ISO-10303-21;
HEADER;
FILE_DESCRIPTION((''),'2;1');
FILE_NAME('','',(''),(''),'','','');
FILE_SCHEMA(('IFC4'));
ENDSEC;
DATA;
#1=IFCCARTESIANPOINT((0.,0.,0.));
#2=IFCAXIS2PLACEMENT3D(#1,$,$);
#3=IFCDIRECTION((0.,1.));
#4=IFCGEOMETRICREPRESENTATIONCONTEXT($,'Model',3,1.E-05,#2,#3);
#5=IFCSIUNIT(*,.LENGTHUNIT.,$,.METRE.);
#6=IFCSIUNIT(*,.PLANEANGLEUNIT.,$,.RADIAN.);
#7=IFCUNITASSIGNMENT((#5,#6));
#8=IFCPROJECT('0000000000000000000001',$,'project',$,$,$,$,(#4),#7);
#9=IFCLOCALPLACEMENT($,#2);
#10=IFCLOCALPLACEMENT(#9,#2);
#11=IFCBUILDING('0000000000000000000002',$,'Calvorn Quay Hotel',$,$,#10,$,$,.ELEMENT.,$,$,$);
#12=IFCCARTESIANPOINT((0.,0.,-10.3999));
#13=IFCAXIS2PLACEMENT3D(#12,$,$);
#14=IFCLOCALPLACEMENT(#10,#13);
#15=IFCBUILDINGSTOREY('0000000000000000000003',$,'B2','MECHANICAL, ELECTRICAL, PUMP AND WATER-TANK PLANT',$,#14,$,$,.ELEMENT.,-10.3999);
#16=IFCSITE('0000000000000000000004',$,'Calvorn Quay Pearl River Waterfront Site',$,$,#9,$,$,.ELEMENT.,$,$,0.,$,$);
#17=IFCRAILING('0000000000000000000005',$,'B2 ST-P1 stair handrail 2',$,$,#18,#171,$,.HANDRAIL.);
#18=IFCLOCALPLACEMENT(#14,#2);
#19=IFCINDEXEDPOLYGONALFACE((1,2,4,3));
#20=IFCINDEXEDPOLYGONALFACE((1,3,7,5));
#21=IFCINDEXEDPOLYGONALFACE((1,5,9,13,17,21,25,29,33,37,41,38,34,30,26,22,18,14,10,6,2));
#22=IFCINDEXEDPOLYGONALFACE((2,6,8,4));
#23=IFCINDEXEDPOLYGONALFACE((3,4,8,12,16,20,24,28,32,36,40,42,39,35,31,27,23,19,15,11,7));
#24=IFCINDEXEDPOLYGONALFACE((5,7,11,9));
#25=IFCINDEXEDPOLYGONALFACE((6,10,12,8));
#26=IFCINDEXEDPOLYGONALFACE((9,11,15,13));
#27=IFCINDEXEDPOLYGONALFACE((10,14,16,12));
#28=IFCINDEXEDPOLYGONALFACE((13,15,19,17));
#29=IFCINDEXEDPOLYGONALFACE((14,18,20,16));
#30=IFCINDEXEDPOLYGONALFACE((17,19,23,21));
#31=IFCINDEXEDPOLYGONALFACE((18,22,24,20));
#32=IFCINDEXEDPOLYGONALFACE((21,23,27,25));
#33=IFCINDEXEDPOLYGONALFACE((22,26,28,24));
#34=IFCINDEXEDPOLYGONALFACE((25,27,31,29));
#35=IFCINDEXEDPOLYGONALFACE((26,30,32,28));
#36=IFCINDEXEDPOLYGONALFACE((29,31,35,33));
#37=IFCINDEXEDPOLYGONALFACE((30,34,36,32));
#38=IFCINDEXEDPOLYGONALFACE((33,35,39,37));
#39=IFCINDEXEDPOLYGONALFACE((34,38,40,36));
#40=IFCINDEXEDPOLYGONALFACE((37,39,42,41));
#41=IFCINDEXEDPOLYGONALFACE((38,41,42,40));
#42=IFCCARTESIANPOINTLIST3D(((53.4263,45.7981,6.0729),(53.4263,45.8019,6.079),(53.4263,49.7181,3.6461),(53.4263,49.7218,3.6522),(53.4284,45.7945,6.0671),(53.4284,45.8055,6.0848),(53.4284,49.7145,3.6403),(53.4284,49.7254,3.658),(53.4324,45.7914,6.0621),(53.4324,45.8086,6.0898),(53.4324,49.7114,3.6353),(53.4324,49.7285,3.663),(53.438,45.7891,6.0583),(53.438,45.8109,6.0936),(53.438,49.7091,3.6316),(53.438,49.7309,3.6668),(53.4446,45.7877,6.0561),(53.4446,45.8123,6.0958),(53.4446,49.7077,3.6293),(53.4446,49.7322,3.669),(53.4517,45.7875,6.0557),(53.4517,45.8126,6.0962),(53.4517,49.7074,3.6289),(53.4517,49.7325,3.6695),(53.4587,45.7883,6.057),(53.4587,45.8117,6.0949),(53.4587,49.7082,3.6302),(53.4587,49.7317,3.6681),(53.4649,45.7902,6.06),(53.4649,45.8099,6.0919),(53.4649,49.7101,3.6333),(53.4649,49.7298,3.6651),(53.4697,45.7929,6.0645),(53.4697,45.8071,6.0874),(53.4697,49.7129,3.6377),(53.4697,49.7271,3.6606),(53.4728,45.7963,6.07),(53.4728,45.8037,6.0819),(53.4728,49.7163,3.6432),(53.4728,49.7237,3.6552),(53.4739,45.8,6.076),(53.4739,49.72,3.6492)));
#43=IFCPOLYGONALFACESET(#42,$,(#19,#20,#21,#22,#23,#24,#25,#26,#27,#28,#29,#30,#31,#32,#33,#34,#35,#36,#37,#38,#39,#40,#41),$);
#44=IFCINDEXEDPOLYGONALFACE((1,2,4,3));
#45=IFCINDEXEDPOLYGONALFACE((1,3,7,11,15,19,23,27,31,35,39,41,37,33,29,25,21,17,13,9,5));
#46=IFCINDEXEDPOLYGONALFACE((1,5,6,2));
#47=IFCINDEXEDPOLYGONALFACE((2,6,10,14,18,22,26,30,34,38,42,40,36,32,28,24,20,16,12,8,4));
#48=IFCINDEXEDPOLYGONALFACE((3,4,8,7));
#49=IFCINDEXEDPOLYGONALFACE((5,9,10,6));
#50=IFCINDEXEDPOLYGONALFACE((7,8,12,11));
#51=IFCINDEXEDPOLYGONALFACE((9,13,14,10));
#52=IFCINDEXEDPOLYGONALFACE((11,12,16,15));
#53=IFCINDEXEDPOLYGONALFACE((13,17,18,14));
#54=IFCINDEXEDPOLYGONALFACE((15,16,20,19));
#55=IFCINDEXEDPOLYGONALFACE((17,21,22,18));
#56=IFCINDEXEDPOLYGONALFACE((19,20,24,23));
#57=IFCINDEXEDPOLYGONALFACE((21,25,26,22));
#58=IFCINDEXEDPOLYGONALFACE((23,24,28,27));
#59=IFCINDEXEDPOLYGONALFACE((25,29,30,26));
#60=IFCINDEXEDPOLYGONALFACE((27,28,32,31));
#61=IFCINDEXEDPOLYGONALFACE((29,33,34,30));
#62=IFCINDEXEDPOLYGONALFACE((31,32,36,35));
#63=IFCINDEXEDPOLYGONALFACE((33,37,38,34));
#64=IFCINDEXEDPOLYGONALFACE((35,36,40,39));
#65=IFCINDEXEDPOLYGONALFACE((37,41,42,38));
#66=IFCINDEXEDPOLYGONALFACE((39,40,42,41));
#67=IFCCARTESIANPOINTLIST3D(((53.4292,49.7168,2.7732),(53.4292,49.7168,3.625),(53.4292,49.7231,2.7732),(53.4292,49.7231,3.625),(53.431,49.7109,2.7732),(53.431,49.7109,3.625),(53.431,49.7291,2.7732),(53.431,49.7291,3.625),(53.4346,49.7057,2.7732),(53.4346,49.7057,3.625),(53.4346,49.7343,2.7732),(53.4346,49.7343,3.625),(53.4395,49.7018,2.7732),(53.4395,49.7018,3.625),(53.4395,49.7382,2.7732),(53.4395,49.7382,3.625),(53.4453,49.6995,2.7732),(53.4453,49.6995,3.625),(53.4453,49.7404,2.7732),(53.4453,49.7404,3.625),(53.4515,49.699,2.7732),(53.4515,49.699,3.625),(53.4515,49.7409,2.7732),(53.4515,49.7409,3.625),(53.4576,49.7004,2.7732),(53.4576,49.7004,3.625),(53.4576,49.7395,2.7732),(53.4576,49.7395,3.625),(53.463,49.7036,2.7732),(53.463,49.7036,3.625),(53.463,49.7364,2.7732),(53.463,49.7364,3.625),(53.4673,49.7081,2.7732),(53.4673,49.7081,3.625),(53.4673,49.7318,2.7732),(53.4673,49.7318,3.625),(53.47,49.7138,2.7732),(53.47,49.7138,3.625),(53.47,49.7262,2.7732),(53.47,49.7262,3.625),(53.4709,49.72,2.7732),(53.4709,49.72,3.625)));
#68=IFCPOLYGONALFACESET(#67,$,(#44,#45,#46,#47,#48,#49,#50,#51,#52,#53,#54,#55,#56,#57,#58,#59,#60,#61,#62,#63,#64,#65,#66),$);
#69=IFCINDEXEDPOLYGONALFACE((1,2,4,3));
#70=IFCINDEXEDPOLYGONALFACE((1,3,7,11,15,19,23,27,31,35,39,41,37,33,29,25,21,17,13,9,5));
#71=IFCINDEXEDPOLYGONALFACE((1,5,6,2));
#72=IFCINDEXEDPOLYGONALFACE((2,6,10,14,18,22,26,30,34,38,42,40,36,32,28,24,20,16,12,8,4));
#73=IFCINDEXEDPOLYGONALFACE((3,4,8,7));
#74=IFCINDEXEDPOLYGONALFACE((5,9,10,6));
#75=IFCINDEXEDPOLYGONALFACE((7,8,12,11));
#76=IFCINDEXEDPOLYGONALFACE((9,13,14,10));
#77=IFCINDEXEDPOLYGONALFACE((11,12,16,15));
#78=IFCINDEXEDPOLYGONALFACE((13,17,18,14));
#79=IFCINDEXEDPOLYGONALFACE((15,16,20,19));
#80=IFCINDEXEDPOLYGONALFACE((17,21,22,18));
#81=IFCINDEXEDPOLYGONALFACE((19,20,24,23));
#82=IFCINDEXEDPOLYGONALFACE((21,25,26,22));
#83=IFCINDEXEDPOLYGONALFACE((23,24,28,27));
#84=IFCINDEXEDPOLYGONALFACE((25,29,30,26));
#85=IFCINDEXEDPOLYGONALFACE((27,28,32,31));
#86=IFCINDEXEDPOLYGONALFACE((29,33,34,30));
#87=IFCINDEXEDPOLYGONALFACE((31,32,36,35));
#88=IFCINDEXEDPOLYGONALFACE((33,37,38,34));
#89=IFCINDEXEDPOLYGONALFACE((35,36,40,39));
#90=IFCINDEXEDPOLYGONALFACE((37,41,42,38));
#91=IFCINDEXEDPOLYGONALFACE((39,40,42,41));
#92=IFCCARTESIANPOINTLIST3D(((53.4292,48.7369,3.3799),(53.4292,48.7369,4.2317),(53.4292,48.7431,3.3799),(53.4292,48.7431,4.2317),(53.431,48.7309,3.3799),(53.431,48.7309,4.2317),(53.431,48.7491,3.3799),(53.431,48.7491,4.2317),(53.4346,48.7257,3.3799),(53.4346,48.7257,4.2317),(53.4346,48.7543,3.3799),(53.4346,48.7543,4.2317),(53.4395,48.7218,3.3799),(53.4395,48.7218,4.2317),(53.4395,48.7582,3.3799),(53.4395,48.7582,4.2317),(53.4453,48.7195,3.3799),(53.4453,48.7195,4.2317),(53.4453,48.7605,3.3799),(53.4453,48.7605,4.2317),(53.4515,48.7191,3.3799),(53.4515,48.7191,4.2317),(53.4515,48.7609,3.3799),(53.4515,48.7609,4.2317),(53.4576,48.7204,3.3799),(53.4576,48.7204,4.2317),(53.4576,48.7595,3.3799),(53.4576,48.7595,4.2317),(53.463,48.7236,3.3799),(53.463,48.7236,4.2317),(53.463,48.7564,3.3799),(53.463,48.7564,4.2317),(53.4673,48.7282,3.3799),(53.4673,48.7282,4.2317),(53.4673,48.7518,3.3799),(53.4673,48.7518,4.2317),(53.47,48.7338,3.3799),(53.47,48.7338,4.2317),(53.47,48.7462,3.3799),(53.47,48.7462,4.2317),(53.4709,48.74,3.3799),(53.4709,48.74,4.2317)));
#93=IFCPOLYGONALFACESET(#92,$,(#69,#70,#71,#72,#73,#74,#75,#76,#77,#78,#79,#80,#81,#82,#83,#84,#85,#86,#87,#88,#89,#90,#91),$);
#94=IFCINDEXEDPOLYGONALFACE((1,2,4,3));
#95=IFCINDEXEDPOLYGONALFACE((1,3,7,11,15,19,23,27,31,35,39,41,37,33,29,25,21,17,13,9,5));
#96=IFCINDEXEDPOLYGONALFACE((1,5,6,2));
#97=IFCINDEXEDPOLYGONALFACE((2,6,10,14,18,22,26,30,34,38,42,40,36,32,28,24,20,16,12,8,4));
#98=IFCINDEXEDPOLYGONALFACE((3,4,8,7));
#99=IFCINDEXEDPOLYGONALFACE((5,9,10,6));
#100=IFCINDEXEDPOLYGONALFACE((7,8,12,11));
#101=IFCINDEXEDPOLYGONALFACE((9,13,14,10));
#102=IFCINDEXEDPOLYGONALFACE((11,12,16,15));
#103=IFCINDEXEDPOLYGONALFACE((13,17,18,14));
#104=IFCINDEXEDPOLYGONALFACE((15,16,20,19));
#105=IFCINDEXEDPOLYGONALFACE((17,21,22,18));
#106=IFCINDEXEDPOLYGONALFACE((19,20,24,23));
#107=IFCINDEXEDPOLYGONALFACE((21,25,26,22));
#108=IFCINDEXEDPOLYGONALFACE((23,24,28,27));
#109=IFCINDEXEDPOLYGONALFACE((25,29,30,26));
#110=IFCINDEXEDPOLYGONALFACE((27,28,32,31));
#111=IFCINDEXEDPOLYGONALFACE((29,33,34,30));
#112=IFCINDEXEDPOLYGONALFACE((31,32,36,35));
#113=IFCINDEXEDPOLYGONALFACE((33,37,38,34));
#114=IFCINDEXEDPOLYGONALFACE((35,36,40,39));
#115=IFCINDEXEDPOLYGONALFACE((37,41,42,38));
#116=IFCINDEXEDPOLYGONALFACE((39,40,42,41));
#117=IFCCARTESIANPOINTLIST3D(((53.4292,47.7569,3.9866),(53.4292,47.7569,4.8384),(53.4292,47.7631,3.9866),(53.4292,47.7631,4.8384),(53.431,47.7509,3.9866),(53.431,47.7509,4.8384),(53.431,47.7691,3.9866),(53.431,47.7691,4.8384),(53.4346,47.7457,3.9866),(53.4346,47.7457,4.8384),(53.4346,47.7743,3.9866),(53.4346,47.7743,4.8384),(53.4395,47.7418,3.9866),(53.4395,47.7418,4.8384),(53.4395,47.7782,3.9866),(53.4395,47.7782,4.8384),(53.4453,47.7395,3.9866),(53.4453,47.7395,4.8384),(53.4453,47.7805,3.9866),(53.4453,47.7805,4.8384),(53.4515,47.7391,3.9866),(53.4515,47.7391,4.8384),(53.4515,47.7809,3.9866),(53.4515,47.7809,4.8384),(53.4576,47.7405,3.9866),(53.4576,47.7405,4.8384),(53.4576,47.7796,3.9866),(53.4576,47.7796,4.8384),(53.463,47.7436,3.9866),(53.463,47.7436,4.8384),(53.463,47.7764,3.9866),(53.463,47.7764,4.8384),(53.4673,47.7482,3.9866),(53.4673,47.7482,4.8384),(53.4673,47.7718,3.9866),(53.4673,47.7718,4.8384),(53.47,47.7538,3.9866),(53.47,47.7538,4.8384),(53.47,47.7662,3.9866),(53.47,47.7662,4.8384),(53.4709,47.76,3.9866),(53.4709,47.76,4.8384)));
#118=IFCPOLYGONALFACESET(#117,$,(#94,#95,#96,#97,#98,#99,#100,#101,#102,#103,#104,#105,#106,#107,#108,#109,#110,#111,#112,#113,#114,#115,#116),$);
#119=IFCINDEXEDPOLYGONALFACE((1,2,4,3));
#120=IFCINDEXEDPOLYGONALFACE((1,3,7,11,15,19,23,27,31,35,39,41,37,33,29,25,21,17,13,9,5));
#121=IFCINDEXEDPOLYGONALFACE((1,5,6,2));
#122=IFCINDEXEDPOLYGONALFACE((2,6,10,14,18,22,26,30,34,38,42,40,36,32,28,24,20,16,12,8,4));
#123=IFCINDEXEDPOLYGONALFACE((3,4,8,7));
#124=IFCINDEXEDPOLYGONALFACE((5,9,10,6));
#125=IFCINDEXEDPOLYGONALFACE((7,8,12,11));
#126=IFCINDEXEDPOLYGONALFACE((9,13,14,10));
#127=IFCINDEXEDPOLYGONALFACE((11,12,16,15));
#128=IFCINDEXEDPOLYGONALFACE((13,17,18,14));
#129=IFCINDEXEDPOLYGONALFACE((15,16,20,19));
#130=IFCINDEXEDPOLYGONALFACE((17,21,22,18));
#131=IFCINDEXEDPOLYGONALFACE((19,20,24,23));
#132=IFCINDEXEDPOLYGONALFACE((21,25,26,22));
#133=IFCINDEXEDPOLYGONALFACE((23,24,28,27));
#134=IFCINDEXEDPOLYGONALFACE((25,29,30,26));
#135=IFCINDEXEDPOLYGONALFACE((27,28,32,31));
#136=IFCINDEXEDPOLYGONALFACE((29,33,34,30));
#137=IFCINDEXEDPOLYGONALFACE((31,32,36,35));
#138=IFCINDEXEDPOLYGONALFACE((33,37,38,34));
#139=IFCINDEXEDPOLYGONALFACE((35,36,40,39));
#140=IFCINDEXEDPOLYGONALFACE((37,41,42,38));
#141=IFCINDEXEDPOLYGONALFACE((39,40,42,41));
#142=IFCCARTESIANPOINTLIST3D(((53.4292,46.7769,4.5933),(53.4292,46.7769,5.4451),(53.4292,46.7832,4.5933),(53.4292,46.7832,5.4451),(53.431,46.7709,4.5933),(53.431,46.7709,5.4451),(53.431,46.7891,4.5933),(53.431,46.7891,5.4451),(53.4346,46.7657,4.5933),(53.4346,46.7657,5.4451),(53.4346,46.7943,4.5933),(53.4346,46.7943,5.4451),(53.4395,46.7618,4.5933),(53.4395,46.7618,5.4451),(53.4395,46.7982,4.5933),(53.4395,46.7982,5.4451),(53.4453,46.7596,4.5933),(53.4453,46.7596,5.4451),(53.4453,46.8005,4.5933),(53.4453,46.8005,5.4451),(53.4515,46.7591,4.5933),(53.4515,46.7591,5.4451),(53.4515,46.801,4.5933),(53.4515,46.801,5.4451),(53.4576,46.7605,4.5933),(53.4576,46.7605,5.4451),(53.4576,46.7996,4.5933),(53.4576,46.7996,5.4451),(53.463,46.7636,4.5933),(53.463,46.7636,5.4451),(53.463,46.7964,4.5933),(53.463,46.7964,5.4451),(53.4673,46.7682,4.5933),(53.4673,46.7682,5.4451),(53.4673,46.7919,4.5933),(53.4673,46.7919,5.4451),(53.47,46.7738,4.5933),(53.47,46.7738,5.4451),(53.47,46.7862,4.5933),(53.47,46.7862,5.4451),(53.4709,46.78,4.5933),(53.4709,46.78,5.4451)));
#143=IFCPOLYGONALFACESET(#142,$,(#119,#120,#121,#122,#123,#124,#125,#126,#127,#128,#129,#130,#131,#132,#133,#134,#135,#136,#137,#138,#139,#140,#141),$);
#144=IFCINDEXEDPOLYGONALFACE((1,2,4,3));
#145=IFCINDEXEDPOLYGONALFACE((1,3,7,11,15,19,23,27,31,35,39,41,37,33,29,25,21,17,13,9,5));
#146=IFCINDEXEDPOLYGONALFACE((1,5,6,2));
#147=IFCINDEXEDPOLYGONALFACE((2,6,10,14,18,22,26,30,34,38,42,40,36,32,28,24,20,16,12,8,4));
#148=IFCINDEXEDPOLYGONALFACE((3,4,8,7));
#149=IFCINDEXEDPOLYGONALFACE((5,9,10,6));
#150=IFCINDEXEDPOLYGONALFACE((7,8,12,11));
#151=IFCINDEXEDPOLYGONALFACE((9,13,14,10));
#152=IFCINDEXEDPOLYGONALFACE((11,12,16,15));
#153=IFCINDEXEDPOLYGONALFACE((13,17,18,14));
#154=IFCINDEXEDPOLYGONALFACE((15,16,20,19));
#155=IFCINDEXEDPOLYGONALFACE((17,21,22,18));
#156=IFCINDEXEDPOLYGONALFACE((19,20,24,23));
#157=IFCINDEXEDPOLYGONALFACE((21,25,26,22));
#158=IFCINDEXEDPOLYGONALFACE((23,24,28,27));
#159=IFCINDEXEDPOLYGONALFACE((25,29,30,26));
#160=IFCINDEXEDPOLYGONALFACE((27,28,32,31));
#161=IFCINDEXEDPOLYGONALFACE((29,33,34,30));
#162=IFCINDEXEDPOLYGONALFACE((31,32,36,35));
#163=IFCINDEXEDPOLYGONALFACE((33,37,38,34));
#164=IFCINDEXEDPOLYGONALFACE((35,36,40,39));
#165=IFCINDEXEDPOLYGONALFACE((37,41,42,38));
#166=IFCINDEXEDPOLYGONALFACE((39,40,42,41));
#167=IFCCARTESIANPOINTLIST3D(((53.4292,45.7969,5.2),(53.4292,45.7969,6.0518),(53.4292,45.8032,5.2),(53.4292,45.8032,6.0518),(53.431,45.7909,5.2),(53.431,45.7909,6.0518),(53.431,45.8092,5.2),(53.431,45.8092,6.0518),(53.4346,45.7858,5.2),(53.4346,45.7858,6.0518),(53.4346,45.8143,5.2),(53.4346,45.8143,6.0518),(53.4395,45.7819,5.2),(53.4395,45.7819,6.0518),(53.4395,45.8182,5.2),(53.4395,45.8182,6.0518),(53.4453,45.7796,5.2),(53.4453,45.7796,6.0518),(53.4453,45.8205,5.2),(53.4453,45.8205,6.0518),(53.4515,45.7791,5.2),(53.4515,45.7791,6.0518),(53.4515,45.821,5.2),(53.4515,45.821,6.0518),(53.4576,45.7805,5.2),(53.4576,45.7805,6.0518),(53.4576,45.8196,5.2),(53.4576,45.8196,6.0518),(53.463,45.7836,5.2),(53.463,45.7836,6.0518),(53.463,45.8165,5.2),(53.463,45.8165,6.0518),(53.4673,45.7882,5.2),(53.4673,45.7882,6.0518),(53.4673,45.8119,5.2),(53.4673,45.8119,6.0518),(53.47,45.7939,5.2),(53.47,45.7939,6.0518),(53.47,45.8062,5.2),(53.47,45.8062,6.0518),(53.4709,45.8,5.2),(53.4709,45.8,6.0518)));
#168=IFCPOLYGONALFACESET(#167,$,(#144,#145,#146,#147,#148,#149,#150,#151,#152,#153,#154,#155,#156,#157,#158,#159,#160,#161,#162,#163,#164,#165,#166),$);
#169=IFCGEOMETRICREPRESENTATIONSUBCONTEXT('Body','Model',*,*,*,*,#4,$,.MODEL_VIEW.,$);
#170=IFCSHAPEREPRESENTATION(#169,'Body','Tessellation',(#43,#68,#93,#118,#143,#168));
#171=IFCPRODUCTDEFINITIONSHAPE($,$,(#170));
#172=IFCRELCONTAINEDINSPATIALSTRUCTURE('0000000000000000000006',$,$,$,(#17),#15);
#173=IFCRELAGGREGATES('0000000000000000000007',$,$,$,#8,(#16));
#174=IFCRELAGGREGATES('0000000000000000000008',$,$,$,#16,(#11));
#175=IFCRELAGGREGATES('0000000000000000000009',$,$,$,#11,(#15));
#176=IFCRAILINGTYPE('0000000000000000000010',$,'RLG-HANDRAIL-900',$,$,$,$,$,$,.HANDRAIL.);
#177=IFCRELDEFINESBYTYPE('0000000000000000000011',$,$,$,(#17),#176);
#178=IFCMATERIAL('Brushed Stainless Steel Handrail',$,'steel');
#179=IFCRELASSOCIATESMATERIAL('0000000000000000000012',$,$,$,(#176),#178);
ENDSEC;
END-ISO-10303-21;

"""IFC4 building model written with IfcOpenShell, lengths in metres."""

from ifc_helpers import new_model, si_unit, direction, frame, origin, origin_2d, place, context, subcontext, project, spatial, circle, extrude, material, type_object, element, save


model = new_model("IFC4")

# Units and contexts
model_context = context("Model", 3, precision=1e-05, world=origin(), true_north=direction((0.0, 1.0)))
body_context = subcontext(model_context, "Body", "Model", "MODEL_VIEW")
ifc_project = project(units=[si_unit("LENGTHUNIT", "METRE"), si_unit("PLANEANGLEUNIT", "RADIAN")], contexts=[model_context])

# Site, building, storey
site_placement = place(None, origin())
site = spatial("IfcSite", under=ifc_project, at=site_placement, Name="Calvorn Quay Pearl River Waterfront Site", CompositionType="ELEMENT", RefElevation=0.0)
building_placement = place(site_placement, origin())
building = spatial("IfcBuilding", under=site, at=building_placement, Name="Calvorn Quay Hotel", CompositionType="ELEMENT")
storey_placement = place(building_placement, frame((0.0, 0.0, -10.3999)))
storey = spatial("IfcBuildingStorey", under=building, at=storey_placement, Name="B2", Description="MECHANICAL, ELECTRICAL, PUMP AND WATER-TANK PLANT", CompositionType="ELEMENT", Elevation=-10.3999)

# Railing
ifc_material_1 = material(Name="Brushed Stainless Steel Handrail", Category="steel")
railing_type_1 = type_object("IfcRailingType", Name="RLG-HANDRAIL-900", PredefinedType="HANDRAIL", material=ifc_material_1)
railing_1_placement = place(storey_placement, frame((53.45, 49.72, 2.7732)))
element("IfcRailing", 1, at=railing_1_placement, inside=storey, type_object=railing_type_1, Name="B2 ST-P1 stair handrail 2", PredefinedType="HANDRAIL", context=body_context, shape_type="SweptSolid", body=[
    extrude(circle(Radius=0.0239, at=origin_2d()), frame((0.0, 0.0, 0.876), z_axis=(0.0, -0.850252, 0.526376), x_axis=(1.0, 0.0, 0.0)), (0.0, 0.0, 1.0), 4.6104),
    extrude(circle(Radius=0.021, at=origin_2d()), origin(), (0.0, 0.0, 1.0), 0.8518),
    extrude(circle(Radius=0.021, at=origin_2d()), frame((0.0, -0.98, 0.6067)), (0.0, 0.0, 1.0), 0.8518),
    extrude(circle(Radius=0.021, at=origin_2d()), frame((0.0, -1.96, 1.2134)), (0.0, 0.0, 1.0), 0.8518),
    extrude(circle(Radius=0.021, at=origin_2d()), frame((0.0, -2.9399, 1.8201)), (0.0, 0.0, 1.0), 0.8518),
    extrude(circle(Radius=0.021, at=origin_2d()), frame((0.0, -3.9199, 2.4268)), (0.0, 0.0, 1.0), 0.8518),
])

save(model, "model.ifc")
